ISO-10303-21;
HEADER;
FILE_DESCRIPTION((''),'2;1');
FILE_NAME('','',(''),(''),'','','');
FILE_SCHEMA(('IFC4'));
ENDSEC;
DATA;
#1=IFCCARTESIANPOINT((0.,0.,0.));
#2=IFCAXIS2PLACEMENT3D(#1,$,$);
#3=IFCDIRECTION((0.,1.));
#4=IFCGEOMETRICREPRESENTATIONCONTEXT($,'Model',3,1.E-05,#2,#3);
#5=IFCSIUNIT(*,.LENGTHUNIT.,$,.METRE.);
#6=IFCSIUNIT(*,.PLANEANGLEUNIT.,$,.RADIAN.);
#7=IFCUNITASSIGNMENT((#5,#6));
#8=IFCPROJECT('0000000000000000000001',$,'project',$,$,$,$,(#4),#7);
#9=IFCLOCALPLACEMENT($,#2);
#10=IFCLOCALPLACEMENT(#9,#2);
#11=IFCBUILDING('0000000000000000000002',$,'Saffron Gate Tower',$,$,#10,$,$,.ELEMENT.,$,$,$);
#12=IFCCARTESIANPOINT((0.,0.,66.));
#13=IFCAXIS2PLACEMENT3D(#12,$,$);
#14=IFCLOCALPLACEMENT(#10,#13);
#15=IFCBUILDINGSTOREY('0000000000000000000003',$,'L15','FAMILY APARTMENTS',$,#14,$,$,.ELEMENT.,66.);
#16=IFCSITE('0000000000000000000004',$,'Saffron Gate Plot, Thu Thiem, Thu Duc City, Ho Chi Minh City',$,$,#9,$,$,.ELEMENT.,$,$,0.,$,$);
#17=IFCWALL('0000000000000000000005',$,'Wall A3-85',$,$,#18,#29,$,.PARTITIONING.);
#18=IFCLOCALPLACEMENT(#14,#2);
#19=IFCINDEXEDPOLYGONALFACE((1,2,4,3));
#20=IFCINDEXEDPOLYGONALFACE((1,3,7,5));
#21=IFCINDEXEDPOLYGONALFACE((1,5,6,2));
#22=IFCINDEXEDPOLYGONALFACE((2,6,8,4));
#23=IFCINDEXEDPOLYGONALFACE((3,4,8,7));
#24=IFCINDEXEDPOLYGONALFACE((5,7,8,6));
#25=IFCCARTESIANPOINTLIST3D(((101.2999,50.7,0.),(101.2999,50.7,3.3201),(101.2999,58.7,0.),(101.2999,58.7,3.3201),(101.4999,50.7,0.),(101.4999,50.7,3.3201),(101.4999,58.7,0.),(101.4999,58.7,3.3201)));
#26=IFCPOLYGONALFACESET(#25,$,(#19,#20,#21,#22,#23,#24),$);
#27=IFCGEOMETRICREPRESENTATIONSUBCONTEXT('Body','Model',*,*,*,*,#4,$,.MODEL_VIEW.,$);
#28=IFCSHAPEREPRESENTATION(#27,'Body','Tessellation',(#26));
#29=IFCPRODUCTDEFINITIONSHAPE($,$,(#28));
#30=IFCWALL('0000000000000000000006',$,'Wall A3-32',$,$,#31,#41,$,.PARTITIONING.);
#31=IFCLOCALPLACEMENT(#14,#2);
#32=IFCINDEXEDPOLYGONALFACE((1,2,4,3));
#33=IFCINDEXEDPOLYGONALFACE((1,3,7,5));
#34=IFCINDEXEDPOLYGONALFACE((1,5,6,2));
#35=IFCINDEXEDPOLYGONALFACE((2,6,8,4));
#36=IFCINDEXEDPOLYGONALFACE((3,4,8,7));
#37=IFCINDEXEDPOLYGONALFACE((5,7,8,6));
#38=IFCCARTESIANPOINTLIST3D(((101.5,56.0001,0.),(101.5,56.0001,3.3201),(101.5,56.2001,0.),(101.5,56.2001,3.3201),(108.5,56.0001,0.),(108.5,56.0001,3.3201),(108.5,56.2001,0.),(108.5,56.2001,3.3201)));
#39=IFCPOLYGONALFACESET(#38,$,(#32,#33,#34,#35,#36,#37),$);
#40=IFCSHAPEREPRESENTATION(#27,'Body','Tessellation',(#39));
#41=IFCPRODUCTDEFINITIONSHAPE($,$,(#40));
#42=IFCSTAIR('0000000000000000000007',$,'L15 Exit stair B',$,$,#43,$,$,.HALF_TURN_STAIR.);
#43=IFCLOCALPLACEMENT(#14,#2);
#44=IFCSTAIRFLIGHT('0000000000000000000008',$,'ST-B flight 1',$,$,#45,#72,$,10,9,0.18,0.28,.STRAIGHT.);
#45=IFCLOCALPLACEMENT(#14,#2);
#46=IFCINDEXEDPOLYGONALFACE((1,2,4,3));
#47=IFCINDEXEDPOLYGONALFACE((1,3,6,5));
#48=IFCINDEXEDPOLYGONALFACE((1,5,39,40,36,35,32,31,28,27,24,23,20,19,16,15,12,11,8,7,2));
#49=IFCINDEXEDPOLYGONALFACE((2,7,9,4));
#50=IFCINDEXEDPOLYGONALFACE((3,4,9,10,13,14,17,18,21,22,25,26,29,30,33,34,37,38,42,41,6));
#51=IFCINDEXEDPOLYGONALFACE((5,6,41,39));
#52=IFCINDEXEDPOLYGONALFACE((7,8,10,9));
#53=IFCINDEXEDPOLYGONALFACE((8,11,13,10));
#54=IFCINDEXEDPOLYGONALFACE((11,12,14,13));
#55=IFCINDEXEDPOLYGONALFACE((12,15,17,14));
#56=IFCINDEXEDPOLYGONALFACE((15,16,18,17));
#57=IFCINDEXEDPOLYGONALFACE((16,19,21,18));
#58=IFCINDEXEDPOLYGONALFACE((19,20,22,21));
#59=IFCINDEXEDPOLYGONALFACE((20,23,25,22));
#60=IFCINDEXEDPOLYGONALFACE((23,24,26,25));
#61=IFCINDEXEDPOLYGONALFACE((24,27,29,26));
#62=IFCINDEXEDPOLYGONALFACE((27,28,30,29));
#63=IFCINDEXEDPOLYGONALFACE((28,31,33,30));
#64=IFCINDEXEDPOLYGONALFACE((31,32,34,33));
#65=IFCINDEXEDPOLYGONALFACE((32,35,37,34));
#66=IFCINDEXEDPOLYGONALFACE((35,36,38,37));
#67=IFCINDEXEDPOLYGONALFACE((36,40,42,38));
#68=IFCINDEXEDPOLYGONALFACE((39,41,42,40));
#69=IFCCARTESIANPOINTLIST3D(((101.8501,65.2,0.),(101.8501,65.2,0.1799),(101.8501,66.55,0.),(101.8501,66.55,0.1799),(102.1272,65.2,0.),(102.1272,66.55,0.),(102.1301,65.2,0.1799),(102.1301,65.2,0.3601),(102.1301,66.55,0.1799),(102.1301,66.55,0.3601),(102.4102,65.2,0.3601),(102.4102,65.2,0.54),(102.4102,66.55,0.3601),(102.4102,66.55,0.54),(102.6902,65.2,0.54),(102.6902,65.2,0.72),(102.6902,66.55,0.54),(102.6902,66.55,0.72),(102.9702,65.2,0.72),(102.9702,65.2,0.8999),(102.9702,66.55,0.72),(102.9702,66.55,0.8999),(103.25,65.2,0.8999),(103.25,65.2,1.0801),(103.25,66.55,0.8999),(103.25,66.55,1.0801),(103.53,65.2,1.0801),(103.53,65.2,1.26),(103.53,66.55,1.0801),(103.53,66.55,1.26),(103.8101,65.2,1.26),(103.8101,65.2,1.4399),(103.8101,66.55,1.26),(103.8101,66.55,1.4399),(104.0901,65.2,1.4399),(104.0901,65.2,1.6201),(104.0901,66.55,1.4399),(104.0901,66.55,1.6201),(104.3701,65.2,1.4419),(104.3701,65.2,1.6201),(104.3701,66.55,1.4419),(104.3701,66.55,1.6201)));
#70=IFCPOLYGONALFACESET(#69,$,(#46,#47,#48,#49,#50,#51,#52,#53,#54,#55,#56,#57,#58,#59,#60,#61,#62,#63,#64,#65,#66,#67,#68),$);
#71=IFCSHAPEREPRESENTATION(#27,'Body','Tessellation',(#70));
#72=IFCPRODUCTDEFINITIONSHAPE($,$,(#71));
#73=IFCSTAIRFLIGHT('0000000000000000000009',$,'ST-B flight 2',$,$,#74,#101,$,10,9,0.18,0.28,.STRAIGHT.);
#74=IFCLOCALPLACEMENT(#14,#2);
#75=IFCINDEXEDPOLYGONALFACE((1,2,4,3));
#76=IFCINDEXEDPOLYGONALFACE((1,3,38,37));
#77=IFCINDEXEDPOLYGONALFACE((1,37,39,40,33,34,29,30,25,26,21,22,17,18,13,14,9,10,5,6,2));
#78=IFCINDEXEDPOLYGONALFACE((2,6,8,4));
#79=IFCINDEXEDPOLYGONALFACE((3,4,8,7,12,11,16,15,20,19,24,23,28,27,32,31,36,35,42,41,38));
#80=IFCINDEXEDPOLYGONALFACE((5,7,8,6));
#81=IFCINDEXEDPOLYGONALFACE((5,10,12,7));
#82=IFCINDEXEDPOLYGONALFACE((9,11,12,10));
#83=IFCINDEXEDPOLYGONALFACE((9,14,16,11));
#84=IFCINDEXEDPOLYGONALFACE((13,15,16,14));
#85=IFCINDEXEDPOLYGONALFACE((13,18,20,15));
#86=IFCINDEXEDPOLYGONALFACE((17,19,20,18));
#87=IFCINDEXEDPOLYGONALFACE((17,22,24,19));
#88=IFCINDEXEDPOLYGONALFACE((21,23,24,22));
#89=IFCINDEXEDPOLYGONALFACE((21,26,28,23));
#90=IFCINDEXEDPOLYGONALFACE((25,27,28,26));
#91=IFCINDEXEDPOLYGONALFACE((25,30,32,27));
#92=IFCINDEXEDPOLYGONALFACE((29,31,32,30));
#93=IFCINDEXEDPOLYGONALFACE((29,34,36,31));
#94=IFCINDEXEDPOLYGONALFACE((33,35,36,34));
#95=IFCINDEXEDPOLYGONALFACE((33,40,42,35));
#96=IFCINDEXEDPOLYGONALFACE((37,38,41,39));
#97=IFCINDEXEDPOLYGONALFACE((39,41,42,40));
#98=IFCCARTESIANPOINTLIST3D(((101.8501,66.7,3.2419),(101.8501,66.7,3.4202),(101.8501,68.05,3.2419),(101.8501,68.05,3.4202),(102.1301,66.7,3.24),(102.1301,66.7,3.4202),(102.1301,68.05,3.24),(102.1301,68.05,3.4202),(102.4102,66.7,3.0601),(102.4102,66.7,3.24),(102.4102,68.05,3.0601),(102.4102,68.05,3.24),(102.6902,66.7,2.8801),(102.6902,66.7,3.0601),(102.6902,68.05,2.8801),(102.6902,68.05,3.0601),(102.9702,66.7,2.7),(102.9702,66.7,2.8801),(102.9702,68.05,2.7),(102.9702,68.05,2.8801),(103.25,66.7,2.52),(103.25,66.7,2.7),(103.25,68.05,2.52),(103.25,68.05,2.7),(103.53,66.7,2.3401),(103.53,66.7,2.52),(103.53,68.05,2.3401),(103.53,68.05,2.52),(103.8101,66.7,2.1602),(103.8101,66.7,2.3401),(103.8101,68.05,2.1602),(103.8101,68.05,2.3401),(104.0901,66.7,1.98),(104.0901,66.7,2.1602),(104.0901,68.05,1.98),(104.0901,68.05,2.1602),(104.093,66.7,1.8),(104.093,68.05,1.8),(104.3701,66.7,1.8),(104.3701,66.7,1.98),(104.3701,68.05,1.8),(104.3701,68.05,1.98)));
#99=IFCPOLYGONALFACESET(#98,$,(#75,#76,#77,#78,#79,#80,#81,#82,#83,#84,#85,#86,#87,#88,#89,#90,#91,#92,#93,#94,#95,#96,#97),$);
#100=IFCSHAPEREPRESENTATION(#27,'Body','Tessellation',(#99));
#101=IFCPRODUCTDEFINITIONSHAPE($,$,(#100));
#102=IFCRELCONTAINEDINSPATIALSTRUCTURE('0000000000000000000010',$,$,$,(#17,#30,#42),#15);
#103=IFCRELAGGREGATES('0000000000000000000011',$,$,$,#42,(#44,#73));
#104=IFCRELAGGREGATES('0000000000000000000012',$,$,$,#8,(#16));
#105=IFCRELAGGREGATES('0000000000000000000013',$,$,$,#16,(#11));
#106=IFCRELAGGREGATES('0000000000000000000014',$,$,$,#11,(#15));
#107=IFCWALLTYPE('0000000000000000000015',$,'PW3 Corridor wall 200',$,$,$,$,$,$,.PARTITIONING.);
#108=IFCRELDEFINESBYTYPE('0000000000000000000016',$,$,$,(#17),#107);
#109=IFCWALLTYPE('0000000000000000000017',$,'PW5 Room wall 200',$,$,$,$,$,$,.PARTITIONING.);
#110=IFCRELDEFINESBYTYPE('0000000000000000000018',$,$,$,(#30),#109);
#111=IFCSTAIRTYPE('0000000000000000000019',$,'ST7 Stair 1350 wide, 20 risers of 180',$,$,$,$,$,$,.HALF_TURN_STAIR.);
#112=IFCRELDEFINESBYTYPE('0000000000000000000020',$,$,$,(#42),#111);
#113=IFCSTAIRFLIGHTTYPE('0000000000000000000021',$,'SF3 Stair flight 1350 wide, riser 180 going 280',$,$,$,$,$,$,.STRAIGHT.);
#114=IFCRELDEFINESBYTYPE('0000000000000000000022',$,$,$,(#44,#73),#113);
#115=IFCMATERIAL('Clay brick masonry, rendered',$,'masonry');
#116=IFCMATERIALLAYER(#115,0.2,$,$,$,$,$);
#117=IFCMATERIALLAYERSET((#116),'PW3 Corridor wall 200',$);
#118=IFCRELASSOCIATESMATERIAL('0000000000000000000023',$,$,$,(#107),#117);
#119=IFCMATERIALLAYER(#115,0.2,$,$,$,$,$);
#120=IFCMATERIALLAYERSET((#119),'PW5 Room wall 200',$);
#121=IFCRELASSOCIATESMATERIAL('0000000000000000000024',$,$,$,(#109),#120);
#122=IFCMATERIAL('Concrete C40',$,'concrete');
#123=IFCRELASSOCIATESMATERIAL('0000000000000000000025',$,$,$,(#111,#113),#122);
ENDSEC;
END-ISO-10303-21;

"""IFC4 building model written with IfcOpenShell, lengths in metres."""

from ifc_helpers import new_model, si_unit, direction, frame, frame_2d, origin, place, context, subcontext, project, spatial, polyline, rectangle, outline, extrude, material, layer, layer_set, type_object, element, aggregate, save


model = new_model("IFC4")

# Units and contexts
model_context = context("Model", 3, precision=1e-05, world=origin(), true_north=direction((0.0, 1.0)))
body_context = subcontext(model_context, "Body", "Model", "MODEL_VIEW")
ifc_project = project(units=[si_unit("LENGTHUNIT", "METRE"), si_unit("PLANEANGLEUNIT", "RADIAN")], contexts=[model_context])

# Site, building, storey
site_placement = place(None, origin())
site = spatial("IfcSite", under=ifc_project, at=site_placement, Name="Saffron Gate Plot, Thu Thiem, Thu Duc City, Ho Chi Minh City", CompositionType="ELEMENT", RefElevation=0.0)
building_placement = place(site_placement, origin())
building = spatial("IfcBuilding", under=site, at=building_placement, Name="Saffron Gate Tower", CompositionType="ELEMENT")
storey_placement = place(building_placement, frame((0.0, 0.0, 66.0)))
storey = spatial("IfcBuildingStorey", under=building, at=storey_placement, Name="L15", Description="FAMILY APARTMENTS", CompositionType="ELEMENT", Elevation=66.0)

# Walls
ifc_material_1 = material(Name="Clay brick masonry, rendered", Category="masonry")
ifc_layer_1 = layer(ifc_material_1, 0.2)
ifc_layer_set_1 = layer_set([ifc_layer_1], Name="PW3 Corridor wall 200")
wall_type_1 = type_object("IfcWallType", Name="PW3 Corridor wall 200", PredefinedType="PARTITIONING", material=ifc_layer_set_1)
wall_1_placement = place(storey_placement, frame((101.3999, 58.7, 0.0), z_axis=(0.0, 0.0, 1.0), x_axis=(0.0, -1.0, 0.0)))
element("IfcWall", 1, at=wall_1_placement, inside=storey, type_object=wall_type_1, Name="Wall A3-85", PredefinedType="PARTITIONING", context=body_context, shape_type="SweptSolid", body=[
    extrude(rectangle(XDim=8.0, YDim=0.2, at=frame_2d((4.0, 0.0))), origin(), (0.0, 0.0, 1.0), 3.3201),
])
ifc_layer_2 = layer(ifc_material_1, 0.2)
ifc_layer_set_2 = layer_set([ifc_layer_2], Name="PW5 Room wall 200")
wall_type_2 = type_object("IfcWallType", Name="PW5 Room wall 200", PredefinedType="PARTITIONING", material=ifc_layer_set_2)
wall_2_placement = place(storey_placement, frame((101.5, 56.1001, 0.0), z_axis=(0.0, 0.0, 1.0), x_axis=(1.0, 0.0, 0.0)))
element("IfcWall", 2, at=wall_2_placement, inside=storey, type_object=wall_type_2, Name="Wall A3-32", PredefinedType="PARTITIONING", context=body_context, shape_type="SweptSolid", body=[
    extrude(rectangle(XDim=7.0, YDim=0.2, at=frame_2d((3.5, 0.0))), origin(), (0.0, 0.0, 1.0), 3.3201),
])

# Stair, stair flights
ifc_material_2 = material(Name="Concrete C40", Category="concrete")
stair_type = type_object("IfcStairType", Name="ST7 Stair 1350 wide, 20 risers of 180", PredefinedType="HALF_TURN_STAIR", material=ifc_material_2)
stair_placement = place(storey_placement, origin())
stair = element("IfcStair", 3, at=stair_placement, inside=storey, type_object=stair_type, Name="L15 Exit stair B", PredefinedType="HALF_TURN_STAIR")
stair_flight_type = type_object("IfcStairFlightType", Name="SF3 Stair flight 1350 wide, riser 180 going 280", PredefinedType="STRAIGHT", material=ifc_material_2)
stair_flight_1_placement = place(storey_placement, frame((101.8501, 65.875, 0.0), z_axis=(0.0, 0.0, 1.0), x_axis=(1.0, 0.0, 0.0)))
stair_flight_1 = element("IfcStairFlight", 4, at=stair_flight_1_placement, type_object=stair_flight_type, Name="ST-B flight 1", NumberOfRisers=10, NumberOfTreads=9, PredefinedType="STRAIGHT", RiserHeight=0.18, TreadLength=0.28, context=body_context, shape_type="SweptSolid", body=[
    extrude(outline(polyline([(0.0, 0.0), (0.0, 0.1799), (0.28, 0.1799), (0.28, 0.3601), (0.5601, 0.3601), (0.5601, 0.54), (0.8401, 0.54), (0.8401, 0.72), (1.1201, 0.72), (1.1201, 0.8999), (1.3999, 0.8999), (1.3999, 1.0801), (1.6799, 1.0801), (1.6799, 1.26), (1.96, 1.26), (1.96, 1.4399), (2.24, 1.4399), (2.24, 1.6201), (2.52, 1.6201), (2.52, 1.8), (2.52, 1.4419), (0.2771, 0.0), (0.0, 0.0)])), frame((0.0, 0.675, 0.0), z_axis=(0.0, -1.0, 0.0), x_axis=(1.0, 0.0, 0.0)), (0.0, 0.0, 1.0), 1.3501),
])
stair_flight_2_placement = place(storey_placement, frame((104.3701, 67.375, 1.8), z_axis=(0.0, 0.0, 1.0), x_axis=(-1.0, 0.0, 0.0)))
stair_flight_2 = element("IfcStairFlight", 5, at=stair_flight_2_placement, type_object=stair_flight_type, Name="ST-B flight 2", NumberOfRisers=10, NumberOfTreads=9, PredefinedType="STRAIGHT", RiserHeight=0.18, TreadLength=0.28, context=body_context, shape_type="SweptSolid", body=[
    extrude(outline(polyline([(0.0, 0.0), (0.0, 0.1799), (0.28, 0.1799), (0.28, 0.3601), (0.5601, 0.3601), (0.5601, 0.54), (0.8401, 0.54), (0.8401, 0.72), (1.1201, 0.72), (1.1201, 0.8999), (1.3999, 0.8999), (1.3999, 1.0801), (1.6799, 1.0801), (1.6799, 1.26), (1.96, 1.26), (1.96, 1.4399), (2.24, 1.4399), (2.24, 1.6201), (2.52, 1.6201), (2.52, 1.8), (2.52, 1.4419), (0.2771, 0.0), (0.0, 0.0)])), frame((0.0, 0.675, 0.0), z_axis=(0.0, -1.0, 0.0), x_axis=(1.0, 0.0, 0.0)), (0.0, 0.0, 1.0), 1.3501),
])
aggregate(stair, [stair_flight_1, stair_flight_2])

save(model, "model.ifc")
